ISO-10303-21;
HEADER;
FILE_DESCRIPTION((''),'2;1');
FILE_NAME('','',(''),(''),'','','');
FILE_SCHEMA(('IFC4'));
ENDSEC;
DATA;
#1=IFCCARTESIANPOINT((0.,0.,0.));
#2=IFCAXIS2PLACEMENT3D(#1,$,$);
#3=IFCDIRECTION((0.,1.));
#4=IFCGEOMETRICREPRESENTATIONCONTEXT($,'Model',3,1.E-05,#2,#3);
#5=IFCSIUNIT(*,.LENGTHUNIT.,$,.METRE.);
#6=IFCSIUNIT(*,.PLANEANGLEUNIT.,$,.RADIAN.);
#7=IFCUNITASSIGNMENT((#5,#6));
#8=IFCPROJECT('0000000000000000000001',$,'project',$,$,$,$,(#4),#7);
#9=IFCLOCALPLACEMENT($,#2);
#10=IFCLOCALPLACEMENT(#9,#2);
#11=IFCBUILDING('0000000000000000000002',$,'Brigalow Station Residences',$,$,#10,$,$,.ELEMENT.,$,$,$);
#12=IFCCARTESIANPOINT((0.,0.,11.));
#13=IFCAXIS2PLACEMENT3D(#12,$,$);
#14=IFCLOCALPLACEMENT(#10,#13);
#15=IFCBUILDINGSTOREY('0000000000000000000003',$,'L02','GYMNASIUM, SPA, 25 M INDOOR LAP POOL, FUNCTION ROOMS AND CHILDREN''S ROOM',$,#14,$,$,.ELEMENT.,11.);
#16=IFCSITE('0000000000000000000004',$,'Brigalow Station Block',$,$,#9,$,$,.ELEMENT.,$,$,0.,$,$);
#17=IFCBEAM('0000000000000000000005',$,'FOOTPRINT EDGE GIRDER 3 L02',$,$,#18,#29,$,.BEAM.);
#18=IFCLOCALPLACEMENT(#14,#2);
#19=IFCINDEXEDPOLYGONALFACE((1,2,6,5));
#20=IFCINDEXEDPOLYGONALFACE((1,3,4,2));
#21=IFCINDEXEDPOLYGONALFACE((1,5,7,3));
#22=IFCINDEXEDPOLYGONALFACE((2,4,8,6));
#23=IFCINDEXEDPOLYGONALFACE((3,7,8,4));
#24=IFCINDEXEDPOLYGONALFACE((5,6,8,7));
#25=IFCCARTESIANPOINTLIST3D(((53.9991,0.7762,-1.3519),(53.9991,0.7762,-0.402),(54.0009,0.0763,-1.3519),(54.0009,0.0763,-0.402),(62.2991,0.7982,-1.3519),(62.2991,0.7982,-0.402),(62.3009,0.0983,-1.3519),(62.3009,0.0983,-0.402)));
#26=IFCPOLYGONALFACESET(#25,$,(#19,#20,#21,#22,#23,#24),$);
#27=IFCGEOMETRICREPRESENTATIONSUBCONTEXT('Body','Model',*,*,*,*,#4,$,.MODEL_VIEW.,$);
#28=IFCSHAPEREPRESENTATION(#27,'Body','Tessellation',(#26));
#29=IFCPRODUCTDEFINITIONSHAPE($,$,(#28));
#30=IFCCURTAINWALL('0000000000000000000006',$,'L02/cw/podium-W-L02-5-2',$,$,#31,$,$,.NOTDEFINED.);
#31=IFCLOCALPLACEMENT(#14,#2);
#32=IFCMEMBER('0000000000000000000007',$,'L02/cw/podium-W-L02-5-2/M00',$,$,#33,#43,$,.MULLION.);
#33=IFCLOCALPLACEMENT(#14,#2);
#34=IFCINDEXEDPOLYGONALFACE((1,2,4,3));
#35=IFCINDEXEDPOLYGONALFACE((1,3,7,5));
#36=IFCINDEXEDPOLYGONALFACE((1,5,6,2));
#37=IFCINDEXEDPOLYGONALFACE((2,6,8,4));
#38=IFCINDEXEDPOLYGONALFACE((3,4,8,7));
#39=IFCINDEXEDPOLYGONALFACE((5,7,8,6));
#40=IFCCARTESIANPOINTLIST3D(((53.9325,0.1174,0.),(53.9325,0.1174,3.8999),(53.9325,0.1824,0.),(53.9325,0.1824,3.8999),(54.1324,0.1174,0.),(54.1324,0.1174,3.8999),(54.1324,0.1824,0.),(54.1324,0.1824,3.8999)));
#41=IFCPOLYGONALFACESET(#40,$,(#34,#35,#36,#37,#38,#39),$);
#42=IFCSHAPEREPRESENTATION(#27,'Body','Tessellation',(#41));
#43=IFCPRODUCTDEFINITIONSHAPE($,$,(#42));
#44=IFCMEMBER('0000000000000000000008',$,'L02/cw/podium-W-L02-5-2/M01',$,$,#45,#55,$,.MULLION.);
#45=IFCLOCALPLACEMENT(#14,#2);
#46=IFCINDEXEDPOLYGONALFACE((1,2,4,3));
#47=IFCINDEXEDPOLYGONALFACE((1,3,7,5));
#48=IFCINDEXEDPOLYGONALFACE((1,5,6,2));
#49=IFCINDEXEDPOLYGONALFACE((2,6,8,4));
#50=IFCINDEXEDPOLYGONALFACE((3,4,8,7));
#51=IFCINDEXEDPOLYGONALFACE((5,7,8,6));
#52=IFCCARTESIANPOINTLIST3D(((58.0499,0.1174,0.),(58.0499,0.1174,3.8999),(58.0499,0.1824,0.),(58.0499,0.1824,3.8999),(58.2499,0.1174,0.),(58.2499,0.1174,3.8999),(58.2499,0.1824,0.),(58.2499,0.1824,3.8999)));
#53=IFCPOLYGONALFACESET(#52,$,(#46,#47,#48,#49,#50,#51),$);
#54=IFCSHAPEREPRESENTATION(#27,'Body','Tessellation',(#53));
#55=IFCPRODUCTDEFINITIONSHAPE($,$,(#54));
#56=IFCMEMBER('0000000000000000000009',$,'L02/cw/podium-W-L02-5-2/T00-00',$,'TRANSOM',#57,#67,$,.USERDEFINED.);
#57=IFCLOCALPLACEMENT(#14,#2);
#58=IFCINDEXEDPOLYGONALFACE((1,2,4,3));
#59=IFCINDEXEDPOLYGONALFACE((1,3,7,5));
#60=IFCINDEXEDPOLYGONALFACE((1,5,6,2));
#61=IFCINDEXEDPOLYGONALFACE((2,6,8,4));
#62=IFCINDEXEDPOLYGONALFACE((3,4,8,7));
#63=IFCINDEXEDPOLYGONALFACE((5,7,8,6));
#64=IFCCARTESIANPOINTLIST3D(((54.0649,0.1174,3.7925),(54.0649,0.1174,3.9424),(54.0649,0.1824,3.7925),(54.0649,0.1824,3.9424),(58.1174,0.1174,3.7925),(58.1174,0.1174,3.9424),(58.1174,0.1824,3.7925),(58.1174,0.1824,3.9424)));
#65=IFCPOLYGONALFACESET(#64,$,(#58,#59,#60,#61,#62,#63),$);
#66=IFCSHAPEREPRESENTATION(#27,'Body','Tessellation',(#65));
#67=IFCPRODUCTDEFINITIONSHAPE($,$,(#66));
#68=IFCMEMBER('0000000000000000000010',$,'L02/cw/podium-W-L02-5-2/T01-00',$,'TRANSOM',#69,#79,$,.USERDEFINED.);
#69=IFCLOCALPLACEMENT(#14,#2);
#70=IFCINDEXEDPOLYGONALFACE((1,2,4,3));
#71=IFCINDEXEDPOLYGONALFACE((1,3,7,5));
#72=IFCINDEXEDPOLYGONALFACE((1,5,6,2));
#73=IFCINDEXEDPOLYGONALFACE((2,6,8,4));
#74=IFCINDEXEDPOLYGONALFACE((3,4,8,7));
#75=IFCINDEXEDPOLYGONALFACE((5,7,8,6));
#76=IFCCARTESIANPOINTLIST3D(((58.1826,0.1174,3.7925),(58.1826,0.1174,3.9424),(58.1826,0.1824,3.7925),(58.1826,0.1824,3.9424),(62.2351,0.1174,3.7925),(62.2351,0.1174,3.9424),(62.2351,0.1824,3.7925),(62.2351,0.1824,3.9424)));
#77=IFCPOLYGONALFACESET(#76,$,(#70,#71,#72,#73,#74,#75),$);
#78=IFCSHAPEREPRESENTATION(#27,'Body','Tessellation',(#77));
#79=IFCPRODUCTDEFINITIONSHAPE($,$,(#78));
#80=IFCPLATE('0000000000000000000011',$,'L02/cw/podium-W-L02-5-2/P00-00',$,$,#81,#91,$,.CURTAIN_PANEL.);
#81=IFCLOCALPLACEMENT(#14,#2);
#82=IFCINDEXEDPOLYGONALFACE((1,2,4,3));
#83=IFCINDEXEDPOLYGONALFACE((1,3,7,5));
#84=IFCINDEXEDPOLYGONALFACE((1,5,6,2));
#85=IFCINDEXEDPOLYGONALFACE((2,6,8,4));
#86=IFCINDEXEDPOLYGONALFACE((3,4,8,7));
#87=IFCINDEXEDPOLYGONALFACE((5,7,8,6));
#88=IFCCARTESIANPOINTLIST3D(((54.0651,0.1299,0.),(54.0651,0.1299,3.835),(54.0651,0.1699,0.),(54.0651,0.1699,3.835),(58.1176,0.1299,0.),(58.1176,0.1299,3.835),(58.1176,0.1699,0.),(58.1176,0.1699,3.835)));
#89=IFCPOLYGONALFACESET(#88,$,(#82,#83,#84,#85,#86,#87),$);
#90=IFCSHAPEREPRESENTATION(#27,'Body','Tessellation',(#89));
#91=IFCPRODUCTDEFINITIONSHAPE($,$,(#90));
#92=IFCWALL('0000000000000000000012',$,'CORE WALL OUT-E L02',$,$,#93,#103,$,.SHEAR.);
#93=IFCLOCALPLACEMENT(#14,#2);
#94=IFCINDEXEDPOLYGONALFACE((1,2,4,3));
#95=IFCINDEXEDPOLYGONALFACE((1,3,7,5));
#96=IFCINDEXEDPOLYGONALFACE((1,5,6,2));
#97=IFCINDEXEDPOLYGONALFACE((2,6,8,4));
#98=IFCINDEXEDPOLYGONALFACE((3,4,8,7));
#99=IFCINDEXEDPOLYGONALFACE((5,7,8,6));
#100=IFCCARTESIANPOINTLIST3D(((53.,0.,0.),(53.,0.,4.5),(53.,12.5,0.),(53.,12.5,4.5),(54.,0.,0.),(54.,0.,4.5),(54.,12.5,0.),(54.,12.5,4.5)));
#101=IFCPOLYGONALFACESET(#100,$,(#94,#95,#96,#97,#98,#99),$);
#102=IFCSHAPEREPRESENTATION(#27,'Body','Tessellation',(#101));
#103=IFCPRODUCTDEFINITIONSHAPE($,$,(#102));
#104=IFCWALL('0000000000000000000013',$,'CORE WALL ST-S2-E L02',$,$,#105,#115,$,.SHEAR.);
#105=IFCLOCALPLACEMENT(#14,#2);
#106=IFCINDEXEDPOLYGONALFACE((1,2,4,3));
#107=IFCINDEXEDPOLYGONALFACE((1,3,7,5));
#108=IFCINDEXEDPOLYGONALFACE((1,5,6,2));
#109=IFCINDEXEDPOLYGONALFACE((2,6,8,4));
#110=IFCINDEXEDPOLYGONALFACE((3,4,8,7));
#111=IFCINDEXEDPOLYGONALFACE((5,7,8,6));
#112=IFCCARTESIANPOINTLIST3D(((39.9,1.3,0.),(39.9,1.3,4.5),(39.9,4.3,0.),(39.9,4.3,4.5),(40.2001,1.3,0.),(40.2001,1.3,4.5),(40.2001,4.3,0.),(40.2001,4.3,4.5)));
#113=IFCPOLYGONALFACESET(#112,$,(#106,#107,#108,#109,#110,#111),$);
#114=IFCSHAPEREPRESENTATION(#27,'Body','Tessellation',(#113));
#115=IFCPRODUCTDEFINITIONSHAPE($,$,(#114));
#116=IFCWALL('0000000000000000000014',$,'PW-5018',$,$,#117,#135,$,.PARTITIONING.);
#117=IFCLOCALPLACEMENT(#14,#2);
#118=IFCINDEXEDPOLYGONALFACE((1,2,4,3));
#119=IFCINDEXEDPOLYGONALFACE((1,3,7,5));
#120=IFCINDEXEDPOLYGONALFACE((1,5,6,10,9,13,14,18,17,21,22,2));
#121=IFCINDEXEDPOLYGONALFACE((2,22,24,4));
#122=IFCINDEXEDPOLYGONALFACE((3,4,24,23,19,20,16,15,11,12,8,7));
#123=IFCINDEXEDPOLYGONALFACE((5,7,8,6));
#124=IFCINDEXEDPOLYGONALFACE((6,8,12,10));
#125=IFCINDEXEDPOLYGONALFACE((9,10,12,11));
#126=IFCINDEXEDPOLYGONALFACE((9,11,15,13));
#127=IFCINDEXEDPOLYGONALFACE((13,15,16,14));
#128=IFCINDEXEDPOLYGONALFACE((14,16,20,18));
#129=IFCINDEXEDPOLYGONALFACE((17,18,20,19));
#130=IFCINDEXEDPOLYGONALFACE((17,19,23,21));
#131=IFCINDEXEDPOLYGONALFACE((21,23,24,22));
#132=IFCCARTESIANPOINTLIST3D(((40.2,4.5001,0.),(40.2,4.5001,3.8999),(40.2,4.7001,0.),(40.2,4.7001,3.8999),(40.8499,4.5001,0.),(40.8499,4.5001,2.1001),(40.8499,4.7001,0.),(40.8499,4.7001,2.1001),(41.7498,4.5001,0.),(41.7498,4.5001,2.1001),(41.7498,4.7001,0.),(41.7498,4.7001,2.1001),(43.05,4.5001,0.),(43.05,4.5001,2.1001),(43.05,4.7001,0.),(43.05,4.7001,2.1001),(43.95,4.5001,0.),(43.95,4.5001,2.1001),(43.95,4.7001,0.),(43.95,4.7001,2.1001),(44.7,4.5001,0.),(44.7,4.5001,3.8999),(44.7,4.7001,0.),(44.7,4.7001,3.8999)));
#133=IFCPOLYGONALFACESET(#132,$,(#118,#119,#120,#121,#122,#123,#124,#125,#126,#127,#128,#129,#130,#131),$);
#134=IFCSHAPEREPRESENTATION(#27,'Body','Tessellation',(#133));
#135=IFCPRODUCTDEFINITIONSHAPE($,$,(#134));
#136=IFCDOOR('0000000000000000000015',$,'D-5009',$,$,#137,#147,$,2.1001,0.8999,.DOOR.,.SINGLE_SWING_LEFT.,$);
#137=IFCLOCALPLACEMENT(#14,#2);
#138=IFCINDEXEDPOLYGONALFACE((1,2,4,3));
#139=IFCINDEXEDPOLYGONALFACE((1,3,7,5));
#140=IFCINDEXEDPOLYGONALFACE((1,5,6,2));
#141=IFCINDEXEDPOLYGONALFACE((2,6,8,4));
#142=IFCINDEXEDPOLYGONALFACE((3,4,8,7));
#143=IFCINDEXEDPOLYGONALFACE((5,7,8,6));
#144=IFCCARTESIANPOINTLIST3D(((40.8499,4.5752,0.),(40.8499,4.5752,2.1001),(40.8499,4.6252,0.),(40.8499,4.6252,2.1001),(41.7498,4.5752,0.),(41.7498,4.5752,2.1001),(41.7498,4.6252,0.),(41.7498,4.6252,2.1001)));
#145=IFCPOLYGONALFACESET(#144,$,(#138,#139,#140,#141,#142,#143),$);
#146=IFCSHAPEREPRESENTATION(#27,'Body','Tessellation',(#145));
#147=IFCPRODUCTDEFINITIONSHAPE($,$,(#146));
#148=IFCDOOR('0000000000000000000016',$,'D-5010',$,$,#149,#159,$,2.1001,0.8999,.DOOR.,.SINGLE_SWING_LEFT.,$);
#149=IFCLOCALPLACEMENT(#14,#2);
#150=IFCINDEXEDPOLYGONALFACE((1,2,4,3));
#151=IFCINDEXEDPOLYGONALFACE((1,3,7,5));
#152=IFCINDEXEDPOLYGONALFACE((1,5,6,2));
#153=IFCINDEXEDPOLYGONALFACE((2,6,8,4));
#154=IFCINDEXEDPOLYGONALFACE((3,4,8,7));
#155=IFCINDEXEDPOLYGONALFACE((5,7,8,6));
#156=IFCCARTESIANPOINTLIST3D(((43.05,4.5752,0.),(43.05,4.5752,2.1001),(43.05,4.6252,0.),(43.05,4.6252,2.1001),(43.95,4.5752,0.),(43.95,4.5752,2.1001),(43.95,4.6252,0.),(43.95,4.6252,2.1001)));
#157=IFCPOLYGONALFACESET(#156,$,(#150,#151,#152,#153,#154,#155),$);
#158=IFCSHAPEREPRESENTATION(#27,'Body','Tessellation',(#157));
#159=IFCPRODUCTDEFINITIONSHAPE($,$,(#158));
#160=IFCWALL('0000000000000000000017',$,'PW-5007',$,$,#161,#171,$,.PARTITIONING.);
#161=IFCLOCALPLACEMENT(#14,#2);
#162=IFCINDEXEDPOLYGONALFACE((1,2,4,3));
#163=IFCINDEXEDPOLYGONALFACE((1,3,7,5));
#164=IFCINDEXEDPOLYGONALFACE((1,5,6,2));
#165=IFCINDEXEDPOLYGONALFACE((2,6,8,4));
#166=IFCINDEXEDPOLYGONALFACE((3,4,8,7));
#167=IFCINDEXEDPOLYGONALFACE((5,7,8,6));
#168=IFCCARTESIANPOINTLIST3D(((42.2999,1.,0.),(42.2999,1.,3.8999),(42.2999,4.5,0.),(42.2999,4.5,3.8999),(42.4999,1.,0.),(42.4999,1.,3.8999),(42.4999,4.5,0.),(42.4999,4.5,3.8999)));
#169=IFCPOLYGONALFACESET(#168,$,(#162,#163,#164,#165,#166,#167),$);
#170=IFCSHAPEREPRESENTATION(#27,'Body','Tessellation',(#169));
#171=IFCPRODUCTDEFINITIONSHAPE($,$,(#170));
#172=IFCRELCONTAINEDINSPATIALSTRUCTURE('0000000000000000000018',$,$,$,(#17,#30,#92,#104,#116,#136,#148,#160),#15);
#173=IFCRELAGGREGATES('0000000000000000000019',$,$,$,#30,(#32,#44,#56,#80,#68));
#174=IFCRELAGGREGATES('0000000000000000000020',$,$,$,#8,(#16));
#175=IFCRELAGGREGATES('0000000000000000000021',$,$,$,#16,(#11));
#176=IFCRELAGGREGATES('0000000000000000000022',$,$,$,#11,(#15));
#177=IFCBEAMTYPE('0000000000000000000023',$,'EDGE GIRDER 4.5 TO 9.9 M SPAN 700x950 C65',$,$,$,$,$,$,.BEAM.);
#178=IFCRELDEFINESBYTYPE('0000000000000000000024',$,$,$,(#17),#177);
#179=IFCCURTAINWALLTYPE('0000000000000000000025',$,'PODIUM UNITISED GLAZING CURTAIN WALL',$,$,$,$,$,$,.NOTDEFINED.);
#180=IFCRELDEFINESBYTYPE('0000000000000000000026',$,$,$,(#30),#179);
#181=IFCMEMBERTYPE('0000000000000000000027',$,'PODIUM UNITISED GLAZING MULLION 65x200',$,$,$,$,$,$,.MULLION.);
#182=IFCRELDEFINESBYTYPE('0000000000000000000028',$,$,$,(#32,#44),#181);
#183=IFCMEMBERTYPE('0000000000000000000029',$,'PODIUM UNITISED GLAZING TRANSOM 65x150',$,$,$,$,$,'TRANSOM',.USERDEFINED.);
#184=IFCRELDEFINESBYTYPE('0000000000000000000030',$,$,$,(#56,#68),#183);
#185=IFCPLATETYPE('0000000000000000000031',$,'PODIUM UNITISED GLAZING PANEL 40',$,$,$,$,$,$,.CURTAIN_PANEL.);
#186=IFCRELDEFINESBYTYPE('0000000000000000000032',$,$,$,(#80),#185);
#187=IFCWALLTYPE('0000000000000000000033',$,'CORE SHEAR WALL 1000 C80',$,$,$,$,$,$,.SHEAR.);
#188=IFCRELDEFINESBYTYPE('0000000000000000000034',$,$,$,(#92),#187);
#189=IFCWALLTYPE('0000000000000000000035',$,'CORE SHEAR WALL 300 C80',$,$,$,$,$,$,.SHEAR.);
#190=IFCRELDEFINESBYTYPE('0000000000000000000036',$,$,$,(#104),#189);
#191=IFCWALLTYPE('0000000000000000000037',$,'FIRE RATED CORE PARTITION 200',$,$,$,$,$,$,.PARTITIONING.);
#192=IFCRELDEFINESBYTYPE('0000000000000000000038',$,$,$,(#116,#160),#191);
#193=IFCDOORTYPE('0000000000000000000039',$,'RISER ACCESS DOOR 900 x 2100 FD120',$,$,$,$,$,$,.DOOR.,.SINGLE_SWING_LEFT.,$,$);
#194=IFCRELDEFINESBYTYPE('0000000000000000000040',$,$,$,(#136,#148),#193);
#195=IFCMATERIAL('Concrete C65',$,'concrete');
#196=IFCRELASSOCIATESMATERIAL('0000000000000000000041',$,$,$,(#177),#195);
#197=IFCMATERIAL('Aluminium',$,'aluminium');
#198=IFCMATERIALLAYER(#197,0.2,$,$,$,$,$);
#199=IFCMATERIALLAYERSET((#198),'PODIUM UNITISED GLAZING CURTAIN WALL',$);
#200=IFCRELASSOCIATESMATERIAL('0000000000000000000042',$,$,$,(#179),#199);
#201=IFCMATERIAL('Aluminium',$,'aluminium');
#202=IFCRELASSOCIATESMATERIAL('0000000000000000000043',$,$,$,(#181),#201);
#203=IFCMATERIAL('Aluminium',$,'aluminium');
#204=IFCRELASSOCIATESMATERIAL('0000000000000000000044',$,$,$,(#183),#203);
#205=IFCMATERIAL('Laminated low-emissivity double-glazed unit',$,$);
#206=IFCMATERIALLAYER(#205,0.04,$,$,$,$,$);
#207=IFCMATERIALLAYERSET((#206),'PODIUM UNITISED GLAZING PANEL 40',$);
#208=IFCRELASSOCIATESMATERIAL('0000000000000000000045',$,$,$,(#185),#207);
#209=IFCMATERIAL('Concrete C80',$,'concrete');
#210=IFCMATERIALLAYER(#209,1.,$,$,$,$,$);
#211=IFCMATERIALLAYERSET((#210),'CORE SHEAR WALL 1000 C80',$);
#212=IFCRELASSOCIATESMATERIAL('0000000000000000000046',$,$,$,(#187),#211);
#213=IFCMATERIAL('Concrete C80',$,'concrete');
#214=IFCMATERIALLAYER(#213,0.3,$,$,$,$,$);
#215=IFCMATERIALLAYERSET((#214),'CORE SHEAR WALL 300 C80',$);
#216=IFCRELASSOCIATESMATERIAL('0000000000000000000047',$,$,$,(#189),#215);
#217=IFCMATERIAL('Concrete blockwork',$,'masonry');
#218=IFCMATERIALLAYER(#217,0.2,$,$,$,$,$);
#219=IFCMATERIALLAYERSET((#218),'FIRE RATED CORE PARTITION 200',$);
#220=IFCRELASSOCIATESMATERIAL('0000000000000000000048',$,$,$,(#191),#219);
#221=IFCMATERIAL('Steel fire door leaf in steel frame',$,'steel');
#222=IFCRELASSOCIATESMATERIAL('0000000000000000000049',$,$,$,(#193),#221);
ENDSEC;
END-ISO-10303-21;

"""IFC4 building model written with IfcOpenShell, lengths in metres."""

from ifc_helpers import new_model, si_unit, direction, frame, frame_2d, origin, origin_2d, place, context, subcontext, project, spatial, rectangle, extrude, material, layer, layer_set, material_profile, profile_set, type_object, element, fill, aggregate, save


model = new_model("IFC4")

# Units and contexts
model_context = context("Model", 3, precision=1e-05, world=origin(), true_north=direction((0.0, 1.0)))
body_context = subcontext(model_context, "Body", "Model", "MODEL_VIEW")
ifc_project = project(units=[si_unit("LENGTHUNIT", "METRE"), si_unit("PLANEANGLEUNIT", "RADIAN")], contexts=[model_context])

# Site, building, storey
site_placement = place(None, origin())
site = spatial("IfcSite", under=ifc_project, at=site_placement, Name="Brigalow Station Block", CompositionType="ELEMENT", RefElevation=0.0)
building_placement = place(site_placement, origin())
building = spatial("IfcBuilding", under=site, at=building_placement, Name="Brigalow Station Residences", CompositionType="ELEMENT")
storey_placement = place(building_placement, frame((0.0, 0.0, 11.0)))
storey = spatial("IfcBuildingStorey", under=building, at=storey_placement, Name="L02", Description="GYMNASIUM, SPA, 25 M INDOOR LAP POOL, FUNCTION ROOMS AND CHILDREN'S ROOM", CompositionType="ELEMENT", Elevation=11.0)

# Beam
ifc_material_1 = material(Name="Concrete C65", Category="concrete")
ifc_material_profile_1 = material_profile(ifc_material_1, rectangle(XDim=0.7, YDim=0.95, at=origin_2d()), Name="RC700x950")
ifc_profile_set_1 = profile_set([ifc_material_profile_1], Name="Concrete C65")
beam_type = type_object("IfcBeamType", Name="EDGE GIRDER 4.5 TO 9.9 M SPAN 700x950 C65", PredefinedType="BEAM", material=ifc_profile_set_1)
beam_placement = place(storey_placement, frame((54.0, 0.4263, -0.877), z_axis=(0.999996, 0.002647, 0.0), x_axis=(-0.002647, 0.999996, 0.0)))
element("IfcBeam", 1, at=beam_placement, inside=storey, type_object=beam_type, Name="FOOTPRINT EDGE GIRDER 3 L02", PredefinedType="BEAM", context=body_context, shape_type="SweptSolid", body=[
    extrude(rectangle(XDim=0.7, YDim=0.95, at=origin_2d()), origin(), (0.0, 0.0, 1.0), 8.3),
])

# Curtain wall, members, plate
ifc_material_2 = material(Name="Aluminium", Category="aluminium")
ifc_layer_1 = layer(ifc_material_2, 0.2)
ifc_layer_set_1 = layer_set([ifc_layer_1], Name="PODIUM UNITISED GLAZING CURTAIN WALL")
curtain_wall_type = type_object("IfcCurtainWallType", Name="PODIUM UNITISED GLAZING CURTAIN WALL", PredefinedType="NOTDEFINED", material=ifc_layer_set_1)
curtain_wall_placement = place(storey_placement, origin())
curtain_wall = element("IfcCurtainWall", 2, at=curtain_wall_placement, inside=storey, type_object=curtain_wall_type, Name="L02/cw/podium-W-L02-5-2", PredefinedType="NOTDEFINED")
ifc_material_3 = material(Name="Aluminium", Category="aluminium")
ifc_material_profile_2 = material_profile(ifc_material_3, rectangle(XDim=0.0649, YDim=0.2, at=origin_2d()), Name="PODIUM UNITISED GLAZING MULLION 65x200")
ifc_profile_set_2 = profile_set([ifc_material_profile_2], Name="Aluminium")
member_type_1 = type_object("IfcMemberType", Name="PODIUM UNITISED GLAZING MULLION 65x200", PredefinedType="MULLION", material=ifc_profile_set_2)
member_1_placement = place(storey_placement, frame((54.0325, 0.1499, 0.0), z_axis=(0.0, 0.0, 1.0), x_axis=(0.0, 1.0, 0.0)))
member_1 = element("IfcMember", 3, at=member_1_placement, type_object=member_type_1, Name="L02/cw/podium-W-L02-5-2/M00", PredefinedType="MULLION", context=body_context, shape_type="SweptSolid", body=[
    extrude(rectangle(XDim=0.0649, YDim=0.2, at=origin_2d()), origin(), (0.0, 0.0, 1.0), 3.8999),
])
member_2_placement = place(storey_placement, frame((58.1499, 0.1499, 0.0), z_axis=(0.0, 0.0, 1.0), x_axis=(0.0, 1.0, 0.0)))
member_2 = element("IfcMember", 4, at=member_2_placement, type_object=member_type_1, Name="L02/cw/podium-W-L02-5-2/M01", PredefinedType="MULLION", context=body_context, shape_type="SweptSolid", body=[
    extrude(rectangle(XDim=0.0649, YDim=0.2, at=origin_2d()), origin(), (0.0, 0.0, 1.0), 3.8999),
])
ifc_material_4 = material(Name="Aluminium", Category="aluminium")
ifc_material_profile_3 = material_profile(ifc_material_4, rectangle(XDim=0.0649, YDim=0.1499, at=origin_2d()), Name="PODIUM UNITISED GLAZING TRANSOM 65x150")
ifc_profile_set_3 = profile_set([ifc_material_profile_3], Name="Aluminium")
member_type_2 = type_object("IfcMemberType", Name="PODIUM UNITISED GLAZING TRANSOM 65x150", ElementType="TRANSOM", PredefinedType="USERDEFINED", material=ifc_profile_set_3)
member_3_placement = place(storey_placement, frame((54.0649, 0.1499, 3.8674), z_axis=(1.0, 0.0, 0.0), x_axis=(0.0, 1.0, 0.0)))
member_3 = element("IfcMember", 5, at=member_3_placement, type_object=member_type_2, Name="L02/cw/podium-W-L02-5-2/T00-00", ObjectType="TRANSOM", PredefinedType="USERDEFINED", context=body_context, shape_type="SweptSolid", body=[
    extrude(rectangle(XDim=0.0649, YDim=0.1499, at=origin_2d()), origin(), (0.0, 0.0, 1.0), 4.0525),
])
member_4_placement = place(storey_placement, frame((58.1826, 0.1499, 3.8674), z_axis=(1.0, 0.0, 0.0), x_axis=(0.0, 1.0, 0.0)))
member_4 = element("IfcMember", 6, at=member_4_placement, type_object=member_type_2, Name="L02/cw/podium-W-L02-5-2/T01-00", ObjectType="TRANSOM", PredefinedType="USERDEFINED", context=body_context, shape_type="SweptSolid", body=[
    extrude(rectangle(XDim=0.0649, YDim=0.1499, at=origin_2d()), origin(), (0.0, 0.0, 1.0), 4.0525),
])
ifc_material_5 = material(Name="Laminated low-emissivity double-glazed unit")
ifc_layer_2 = layer(ifc_material_5, 0.04)
ifc_layer_set_2 = layer_set([ifc_layer_2], Name="PODIUM UNITISED GLAZING PANEL 40")
plate_type = type_object("IfcPlateType", Name="PODIUM UNITISED GLAZING PANEL 40", PredefinedType="CURTAIN_PANEL", material=ifc_layer_set_2)
plate_placement = place(storey_placement, frame((56.0913, 0.1499, 0.0), z_axis=(0.0, 0.0, 1.0), x_axis=(1.0, 0.0, 0.0)))
plate = element("IfcPlate", 7, at=plate_placement, type_object=plate_type, Name="L02/cw/podium-W-L02-5-2/P00-00", PredefinedType="CURTAIN_PANEL", context=body_context, shape_type="SweptSolid", body=[
    extrude(rectangle(XDim=4.0525, YDim=0.04, at=origin_2d()), origin(), (0.0, 0.0, 1.0), 3.835),
])
aggregate(curtain_wall, [member_1, member_2, member_3, plate, member_4])

# Walls
ifc_material_6 = material(Name="Concrete C80", Category="concrete")
ifc_layer_3 = layer(ifc_material_6, 1.0)
ifc_layer_set_3 = layer_set([ifc_layer_3], Name="CORE SHEAR WALL 1000 C80")
wall_type_1 = type_object("IfcWallType", Name="CORE SHEAR WALL 1000 C80", PredefinedType="SHEAR", material=ifc_layer_set_3)
wall_1_placement = place(storey_placement, frame((53.5, 0.0, 0.0), z_axis=(0.0, 0.0, 1.0), x_axis=(0.0, 1.0, 0.0)))
element("IfcWall", 8, at=wall_1_placement, inside=storey, type_object=wall_type_1, Name="CORE WALL OUT-E L02", PredefinedType="SHEAR", context=body_context, shape_type="SweptSolid", body=[
    extrude(rectangle(XDim=12.5, YDim=1.0, at=frame_2d((6.25, 0.0))), origin(), (0.0, 0.0, 1.0), 4.5),
])
ifc_material_7 = material(Name="Concrete C80", Category="concrete")
ifc_layer_4 = layer(ifc_material_7, 0.3)
ifc_layer_set_4 = layer_set([ifc_layer_4], Name="CORE SHEAR WALL 300 C80")
wall_type_2 = type_object("IfcWallType", Name="CORE SHEAR WALL 300 C80", PredefinedType="SHEAR", material=ifc_layer_set_4)
wall_2_placement = place(storey_placement, frame((40.05, 1.3, 0.0), z_axis=(0.0, 0.0, 1.0), x_axis=(0.0, 1.0, 0.0)))
element("IfcWall", 9, at=wall_2_placement, inside=storey, type_object=wall_type_2, Name="CORE WALL ST-S2-E L02", PredefinedType="SHEAR", context=body_context, shape_type="SweptSolid", body=[
    extrude(rectangle(XDim=3.0, YDim=0.3, at=frame_2d((1.5, 0.0))), origin(), (0.0, 0.0, 1.0), 4.5),
])

# Wall, openings, doors
ifc_material_8 = material(Name="Concrete blockwork", Category="masonry")
ifc_layer_5 = layer(ifc_material_8, 0.2)
ifc_layer_set_5 = layer_set([ifc_layer_5], Name="FIRE RATED CORE PARTITION 200")
wall_type_3 = type_object("IfcWallType", Name="FIRE RATED CORE PARTITION 200", PredefinedType="PARTITIONING", material=ifc_layer_set_5)
wall_3_placement = place(storey_placement, frame((40.2, 4.6001, 0.0), z_axis=(0.0, 0.0, 1.0), x_axis=(1.0, 0.0, 0.0)))
wall_3 = element("IfcWall", 10, at=wall_3_placement, inside=storey, type_object=wall_type_3, Name="PW-5018", PredefinedType="PARTITIONING", context=body_context, shape_type="SweptSolid", body=[
    extrude(rectangle(XDim=4.5, YDim=0.2, at=frame_2d((2.25, 0.0))), origin(), (0.0, 0.0, 1.0), 3.8999),
])
opening_1_placement = place(wall_3_placement, frame((0.6499, 0.0, 0.0)))
opening_1 = element("IfcOpeningElement", 11, at=opening_1_placement, cuts=wall_3, PredefinedType="OPENING", context=body_context, shape_type="SweptSolid", body=[
    extrude(rectangle(XDim=0.8999, YDim=2.1001, at=frame_2d((0.45, 1.05))), frame((0.0, 0.1099, 0.0), z_axis=(0.0, -1.0, 0.0), x_axis=(1.0, 0.0, 0.0)), (0.0, 0.0, 1.0), 0.22),
])
opening_2_placement = place(wall_3_placement, frame((2.8501, 0.0, 0.0)))
opening_2 = element("IfcOpeningElement", 12, at=opening_2_placement, cuts=wall_3, PredefinedType="OPENING", context=body_context, shape_type="SweptSolid", body=[
    extrude(rectangle(XDim=0.8999, YDim=2.1001, at=frame_2d((0.45, 1.05))), frame((0.0, 0.1099, 0.0), z_axis=(0.0, -1.0, 0.0), x_axis=(1.0, 0.0, 0.0)), (0.0, 0.0, 1.0), 0.22),
])
ifc_material_9 = material(Name="Steel fire door leaf in steel frame", Category="steel")
door_type = type_object("IfcDoorType", Name="RISER ACCESS DOOR 900 x 2100 FD120", OperationType="SINGLE_SWING_LEFT", PredefinedType="DOOR", material=ifc_material_9)
door_1_placement = place(opening_1_placement, frame((0.8999, 0.0, 0.0), z_axis=(0.0, 0.0, 1.0), x_axis=(-1.0, 0.0, 0.0)))
door_1 = element("IfcDoor", 13, at=door_1_placement, inside=storey, type_object=door_type, Name="D-5009", OperationType="SINGLE_SWING_LEFT", OverallHeight=2.1001, OverallWidth=0.8999, PredefinedType="DOOR", context=body_context, shape_type="SweptSolid", body=[
    extrude(rectangle(XDim=0.8999, YDim=2.1001, at=frame_2d((0.45, 1.05))), frame((0.0, 0.0249, 0.0), z_axis=(0.0, -1.0, 0.0), x_axis=(1.0, 0.0, 0.0)), (0.0, 0.0, 1.0), 0.05),
])
fill(opening_1, door_1)
door_2_placement = place(opening_2_placement, frame((0.8999, 0.0, 0.0), z_axis=(0.0, 0.0, 1.0), x_axis=(-1.0, 0.0, 0.0)))
door_2 = element("IfcDoor", 14, at=door_2_placement, inside=storey, type_object=door_type, Name="D-5010", OperationType="SINGLE_SWING_LEFT", OverallHeight=2.1001, OverallWidth=0.8999, PredefinedType="DOOR", context=body_context, shape_type="SweptSolid", body=[
    extrude(rectangle(XDim=0.8999, YDim=2.1001, at=frame_2d((0.45, 1.05))), frame((0.0, 0.0249, 0.0), z_axis=(0.0, -1.0, 0.0), x_axis=(1.0, 0.0, 0.0)), (0.0, 0.0, 1.0), 0.05),
])
fill(opening_2, door_2)

# Wall
for number, where, z_axis, x_axis, name in (
    (15, (42.3999, 1.0, 0.0), (0.0, 0.0, 1.0), (0.0, 1.0, 0.0), "PW-5007"),
):
    element("IfcWall", number, at=place(storey_placement, frame(where, z_axis=z_axis, x_axis=x_axis)), inside=storey, type_object=wall_type_3, Name=name, PredefinedType="PARTITIONING", context=body_context, shape_type="SweptSolid", body=[
        extrude(rectangle(XDim=3.5, YDim=0.2, at=frame_2d((1.75, 0.0))), origin(), (0.0, 0.0, 1.0), 3.8999),
    ])

save(model, "model.ifc")
